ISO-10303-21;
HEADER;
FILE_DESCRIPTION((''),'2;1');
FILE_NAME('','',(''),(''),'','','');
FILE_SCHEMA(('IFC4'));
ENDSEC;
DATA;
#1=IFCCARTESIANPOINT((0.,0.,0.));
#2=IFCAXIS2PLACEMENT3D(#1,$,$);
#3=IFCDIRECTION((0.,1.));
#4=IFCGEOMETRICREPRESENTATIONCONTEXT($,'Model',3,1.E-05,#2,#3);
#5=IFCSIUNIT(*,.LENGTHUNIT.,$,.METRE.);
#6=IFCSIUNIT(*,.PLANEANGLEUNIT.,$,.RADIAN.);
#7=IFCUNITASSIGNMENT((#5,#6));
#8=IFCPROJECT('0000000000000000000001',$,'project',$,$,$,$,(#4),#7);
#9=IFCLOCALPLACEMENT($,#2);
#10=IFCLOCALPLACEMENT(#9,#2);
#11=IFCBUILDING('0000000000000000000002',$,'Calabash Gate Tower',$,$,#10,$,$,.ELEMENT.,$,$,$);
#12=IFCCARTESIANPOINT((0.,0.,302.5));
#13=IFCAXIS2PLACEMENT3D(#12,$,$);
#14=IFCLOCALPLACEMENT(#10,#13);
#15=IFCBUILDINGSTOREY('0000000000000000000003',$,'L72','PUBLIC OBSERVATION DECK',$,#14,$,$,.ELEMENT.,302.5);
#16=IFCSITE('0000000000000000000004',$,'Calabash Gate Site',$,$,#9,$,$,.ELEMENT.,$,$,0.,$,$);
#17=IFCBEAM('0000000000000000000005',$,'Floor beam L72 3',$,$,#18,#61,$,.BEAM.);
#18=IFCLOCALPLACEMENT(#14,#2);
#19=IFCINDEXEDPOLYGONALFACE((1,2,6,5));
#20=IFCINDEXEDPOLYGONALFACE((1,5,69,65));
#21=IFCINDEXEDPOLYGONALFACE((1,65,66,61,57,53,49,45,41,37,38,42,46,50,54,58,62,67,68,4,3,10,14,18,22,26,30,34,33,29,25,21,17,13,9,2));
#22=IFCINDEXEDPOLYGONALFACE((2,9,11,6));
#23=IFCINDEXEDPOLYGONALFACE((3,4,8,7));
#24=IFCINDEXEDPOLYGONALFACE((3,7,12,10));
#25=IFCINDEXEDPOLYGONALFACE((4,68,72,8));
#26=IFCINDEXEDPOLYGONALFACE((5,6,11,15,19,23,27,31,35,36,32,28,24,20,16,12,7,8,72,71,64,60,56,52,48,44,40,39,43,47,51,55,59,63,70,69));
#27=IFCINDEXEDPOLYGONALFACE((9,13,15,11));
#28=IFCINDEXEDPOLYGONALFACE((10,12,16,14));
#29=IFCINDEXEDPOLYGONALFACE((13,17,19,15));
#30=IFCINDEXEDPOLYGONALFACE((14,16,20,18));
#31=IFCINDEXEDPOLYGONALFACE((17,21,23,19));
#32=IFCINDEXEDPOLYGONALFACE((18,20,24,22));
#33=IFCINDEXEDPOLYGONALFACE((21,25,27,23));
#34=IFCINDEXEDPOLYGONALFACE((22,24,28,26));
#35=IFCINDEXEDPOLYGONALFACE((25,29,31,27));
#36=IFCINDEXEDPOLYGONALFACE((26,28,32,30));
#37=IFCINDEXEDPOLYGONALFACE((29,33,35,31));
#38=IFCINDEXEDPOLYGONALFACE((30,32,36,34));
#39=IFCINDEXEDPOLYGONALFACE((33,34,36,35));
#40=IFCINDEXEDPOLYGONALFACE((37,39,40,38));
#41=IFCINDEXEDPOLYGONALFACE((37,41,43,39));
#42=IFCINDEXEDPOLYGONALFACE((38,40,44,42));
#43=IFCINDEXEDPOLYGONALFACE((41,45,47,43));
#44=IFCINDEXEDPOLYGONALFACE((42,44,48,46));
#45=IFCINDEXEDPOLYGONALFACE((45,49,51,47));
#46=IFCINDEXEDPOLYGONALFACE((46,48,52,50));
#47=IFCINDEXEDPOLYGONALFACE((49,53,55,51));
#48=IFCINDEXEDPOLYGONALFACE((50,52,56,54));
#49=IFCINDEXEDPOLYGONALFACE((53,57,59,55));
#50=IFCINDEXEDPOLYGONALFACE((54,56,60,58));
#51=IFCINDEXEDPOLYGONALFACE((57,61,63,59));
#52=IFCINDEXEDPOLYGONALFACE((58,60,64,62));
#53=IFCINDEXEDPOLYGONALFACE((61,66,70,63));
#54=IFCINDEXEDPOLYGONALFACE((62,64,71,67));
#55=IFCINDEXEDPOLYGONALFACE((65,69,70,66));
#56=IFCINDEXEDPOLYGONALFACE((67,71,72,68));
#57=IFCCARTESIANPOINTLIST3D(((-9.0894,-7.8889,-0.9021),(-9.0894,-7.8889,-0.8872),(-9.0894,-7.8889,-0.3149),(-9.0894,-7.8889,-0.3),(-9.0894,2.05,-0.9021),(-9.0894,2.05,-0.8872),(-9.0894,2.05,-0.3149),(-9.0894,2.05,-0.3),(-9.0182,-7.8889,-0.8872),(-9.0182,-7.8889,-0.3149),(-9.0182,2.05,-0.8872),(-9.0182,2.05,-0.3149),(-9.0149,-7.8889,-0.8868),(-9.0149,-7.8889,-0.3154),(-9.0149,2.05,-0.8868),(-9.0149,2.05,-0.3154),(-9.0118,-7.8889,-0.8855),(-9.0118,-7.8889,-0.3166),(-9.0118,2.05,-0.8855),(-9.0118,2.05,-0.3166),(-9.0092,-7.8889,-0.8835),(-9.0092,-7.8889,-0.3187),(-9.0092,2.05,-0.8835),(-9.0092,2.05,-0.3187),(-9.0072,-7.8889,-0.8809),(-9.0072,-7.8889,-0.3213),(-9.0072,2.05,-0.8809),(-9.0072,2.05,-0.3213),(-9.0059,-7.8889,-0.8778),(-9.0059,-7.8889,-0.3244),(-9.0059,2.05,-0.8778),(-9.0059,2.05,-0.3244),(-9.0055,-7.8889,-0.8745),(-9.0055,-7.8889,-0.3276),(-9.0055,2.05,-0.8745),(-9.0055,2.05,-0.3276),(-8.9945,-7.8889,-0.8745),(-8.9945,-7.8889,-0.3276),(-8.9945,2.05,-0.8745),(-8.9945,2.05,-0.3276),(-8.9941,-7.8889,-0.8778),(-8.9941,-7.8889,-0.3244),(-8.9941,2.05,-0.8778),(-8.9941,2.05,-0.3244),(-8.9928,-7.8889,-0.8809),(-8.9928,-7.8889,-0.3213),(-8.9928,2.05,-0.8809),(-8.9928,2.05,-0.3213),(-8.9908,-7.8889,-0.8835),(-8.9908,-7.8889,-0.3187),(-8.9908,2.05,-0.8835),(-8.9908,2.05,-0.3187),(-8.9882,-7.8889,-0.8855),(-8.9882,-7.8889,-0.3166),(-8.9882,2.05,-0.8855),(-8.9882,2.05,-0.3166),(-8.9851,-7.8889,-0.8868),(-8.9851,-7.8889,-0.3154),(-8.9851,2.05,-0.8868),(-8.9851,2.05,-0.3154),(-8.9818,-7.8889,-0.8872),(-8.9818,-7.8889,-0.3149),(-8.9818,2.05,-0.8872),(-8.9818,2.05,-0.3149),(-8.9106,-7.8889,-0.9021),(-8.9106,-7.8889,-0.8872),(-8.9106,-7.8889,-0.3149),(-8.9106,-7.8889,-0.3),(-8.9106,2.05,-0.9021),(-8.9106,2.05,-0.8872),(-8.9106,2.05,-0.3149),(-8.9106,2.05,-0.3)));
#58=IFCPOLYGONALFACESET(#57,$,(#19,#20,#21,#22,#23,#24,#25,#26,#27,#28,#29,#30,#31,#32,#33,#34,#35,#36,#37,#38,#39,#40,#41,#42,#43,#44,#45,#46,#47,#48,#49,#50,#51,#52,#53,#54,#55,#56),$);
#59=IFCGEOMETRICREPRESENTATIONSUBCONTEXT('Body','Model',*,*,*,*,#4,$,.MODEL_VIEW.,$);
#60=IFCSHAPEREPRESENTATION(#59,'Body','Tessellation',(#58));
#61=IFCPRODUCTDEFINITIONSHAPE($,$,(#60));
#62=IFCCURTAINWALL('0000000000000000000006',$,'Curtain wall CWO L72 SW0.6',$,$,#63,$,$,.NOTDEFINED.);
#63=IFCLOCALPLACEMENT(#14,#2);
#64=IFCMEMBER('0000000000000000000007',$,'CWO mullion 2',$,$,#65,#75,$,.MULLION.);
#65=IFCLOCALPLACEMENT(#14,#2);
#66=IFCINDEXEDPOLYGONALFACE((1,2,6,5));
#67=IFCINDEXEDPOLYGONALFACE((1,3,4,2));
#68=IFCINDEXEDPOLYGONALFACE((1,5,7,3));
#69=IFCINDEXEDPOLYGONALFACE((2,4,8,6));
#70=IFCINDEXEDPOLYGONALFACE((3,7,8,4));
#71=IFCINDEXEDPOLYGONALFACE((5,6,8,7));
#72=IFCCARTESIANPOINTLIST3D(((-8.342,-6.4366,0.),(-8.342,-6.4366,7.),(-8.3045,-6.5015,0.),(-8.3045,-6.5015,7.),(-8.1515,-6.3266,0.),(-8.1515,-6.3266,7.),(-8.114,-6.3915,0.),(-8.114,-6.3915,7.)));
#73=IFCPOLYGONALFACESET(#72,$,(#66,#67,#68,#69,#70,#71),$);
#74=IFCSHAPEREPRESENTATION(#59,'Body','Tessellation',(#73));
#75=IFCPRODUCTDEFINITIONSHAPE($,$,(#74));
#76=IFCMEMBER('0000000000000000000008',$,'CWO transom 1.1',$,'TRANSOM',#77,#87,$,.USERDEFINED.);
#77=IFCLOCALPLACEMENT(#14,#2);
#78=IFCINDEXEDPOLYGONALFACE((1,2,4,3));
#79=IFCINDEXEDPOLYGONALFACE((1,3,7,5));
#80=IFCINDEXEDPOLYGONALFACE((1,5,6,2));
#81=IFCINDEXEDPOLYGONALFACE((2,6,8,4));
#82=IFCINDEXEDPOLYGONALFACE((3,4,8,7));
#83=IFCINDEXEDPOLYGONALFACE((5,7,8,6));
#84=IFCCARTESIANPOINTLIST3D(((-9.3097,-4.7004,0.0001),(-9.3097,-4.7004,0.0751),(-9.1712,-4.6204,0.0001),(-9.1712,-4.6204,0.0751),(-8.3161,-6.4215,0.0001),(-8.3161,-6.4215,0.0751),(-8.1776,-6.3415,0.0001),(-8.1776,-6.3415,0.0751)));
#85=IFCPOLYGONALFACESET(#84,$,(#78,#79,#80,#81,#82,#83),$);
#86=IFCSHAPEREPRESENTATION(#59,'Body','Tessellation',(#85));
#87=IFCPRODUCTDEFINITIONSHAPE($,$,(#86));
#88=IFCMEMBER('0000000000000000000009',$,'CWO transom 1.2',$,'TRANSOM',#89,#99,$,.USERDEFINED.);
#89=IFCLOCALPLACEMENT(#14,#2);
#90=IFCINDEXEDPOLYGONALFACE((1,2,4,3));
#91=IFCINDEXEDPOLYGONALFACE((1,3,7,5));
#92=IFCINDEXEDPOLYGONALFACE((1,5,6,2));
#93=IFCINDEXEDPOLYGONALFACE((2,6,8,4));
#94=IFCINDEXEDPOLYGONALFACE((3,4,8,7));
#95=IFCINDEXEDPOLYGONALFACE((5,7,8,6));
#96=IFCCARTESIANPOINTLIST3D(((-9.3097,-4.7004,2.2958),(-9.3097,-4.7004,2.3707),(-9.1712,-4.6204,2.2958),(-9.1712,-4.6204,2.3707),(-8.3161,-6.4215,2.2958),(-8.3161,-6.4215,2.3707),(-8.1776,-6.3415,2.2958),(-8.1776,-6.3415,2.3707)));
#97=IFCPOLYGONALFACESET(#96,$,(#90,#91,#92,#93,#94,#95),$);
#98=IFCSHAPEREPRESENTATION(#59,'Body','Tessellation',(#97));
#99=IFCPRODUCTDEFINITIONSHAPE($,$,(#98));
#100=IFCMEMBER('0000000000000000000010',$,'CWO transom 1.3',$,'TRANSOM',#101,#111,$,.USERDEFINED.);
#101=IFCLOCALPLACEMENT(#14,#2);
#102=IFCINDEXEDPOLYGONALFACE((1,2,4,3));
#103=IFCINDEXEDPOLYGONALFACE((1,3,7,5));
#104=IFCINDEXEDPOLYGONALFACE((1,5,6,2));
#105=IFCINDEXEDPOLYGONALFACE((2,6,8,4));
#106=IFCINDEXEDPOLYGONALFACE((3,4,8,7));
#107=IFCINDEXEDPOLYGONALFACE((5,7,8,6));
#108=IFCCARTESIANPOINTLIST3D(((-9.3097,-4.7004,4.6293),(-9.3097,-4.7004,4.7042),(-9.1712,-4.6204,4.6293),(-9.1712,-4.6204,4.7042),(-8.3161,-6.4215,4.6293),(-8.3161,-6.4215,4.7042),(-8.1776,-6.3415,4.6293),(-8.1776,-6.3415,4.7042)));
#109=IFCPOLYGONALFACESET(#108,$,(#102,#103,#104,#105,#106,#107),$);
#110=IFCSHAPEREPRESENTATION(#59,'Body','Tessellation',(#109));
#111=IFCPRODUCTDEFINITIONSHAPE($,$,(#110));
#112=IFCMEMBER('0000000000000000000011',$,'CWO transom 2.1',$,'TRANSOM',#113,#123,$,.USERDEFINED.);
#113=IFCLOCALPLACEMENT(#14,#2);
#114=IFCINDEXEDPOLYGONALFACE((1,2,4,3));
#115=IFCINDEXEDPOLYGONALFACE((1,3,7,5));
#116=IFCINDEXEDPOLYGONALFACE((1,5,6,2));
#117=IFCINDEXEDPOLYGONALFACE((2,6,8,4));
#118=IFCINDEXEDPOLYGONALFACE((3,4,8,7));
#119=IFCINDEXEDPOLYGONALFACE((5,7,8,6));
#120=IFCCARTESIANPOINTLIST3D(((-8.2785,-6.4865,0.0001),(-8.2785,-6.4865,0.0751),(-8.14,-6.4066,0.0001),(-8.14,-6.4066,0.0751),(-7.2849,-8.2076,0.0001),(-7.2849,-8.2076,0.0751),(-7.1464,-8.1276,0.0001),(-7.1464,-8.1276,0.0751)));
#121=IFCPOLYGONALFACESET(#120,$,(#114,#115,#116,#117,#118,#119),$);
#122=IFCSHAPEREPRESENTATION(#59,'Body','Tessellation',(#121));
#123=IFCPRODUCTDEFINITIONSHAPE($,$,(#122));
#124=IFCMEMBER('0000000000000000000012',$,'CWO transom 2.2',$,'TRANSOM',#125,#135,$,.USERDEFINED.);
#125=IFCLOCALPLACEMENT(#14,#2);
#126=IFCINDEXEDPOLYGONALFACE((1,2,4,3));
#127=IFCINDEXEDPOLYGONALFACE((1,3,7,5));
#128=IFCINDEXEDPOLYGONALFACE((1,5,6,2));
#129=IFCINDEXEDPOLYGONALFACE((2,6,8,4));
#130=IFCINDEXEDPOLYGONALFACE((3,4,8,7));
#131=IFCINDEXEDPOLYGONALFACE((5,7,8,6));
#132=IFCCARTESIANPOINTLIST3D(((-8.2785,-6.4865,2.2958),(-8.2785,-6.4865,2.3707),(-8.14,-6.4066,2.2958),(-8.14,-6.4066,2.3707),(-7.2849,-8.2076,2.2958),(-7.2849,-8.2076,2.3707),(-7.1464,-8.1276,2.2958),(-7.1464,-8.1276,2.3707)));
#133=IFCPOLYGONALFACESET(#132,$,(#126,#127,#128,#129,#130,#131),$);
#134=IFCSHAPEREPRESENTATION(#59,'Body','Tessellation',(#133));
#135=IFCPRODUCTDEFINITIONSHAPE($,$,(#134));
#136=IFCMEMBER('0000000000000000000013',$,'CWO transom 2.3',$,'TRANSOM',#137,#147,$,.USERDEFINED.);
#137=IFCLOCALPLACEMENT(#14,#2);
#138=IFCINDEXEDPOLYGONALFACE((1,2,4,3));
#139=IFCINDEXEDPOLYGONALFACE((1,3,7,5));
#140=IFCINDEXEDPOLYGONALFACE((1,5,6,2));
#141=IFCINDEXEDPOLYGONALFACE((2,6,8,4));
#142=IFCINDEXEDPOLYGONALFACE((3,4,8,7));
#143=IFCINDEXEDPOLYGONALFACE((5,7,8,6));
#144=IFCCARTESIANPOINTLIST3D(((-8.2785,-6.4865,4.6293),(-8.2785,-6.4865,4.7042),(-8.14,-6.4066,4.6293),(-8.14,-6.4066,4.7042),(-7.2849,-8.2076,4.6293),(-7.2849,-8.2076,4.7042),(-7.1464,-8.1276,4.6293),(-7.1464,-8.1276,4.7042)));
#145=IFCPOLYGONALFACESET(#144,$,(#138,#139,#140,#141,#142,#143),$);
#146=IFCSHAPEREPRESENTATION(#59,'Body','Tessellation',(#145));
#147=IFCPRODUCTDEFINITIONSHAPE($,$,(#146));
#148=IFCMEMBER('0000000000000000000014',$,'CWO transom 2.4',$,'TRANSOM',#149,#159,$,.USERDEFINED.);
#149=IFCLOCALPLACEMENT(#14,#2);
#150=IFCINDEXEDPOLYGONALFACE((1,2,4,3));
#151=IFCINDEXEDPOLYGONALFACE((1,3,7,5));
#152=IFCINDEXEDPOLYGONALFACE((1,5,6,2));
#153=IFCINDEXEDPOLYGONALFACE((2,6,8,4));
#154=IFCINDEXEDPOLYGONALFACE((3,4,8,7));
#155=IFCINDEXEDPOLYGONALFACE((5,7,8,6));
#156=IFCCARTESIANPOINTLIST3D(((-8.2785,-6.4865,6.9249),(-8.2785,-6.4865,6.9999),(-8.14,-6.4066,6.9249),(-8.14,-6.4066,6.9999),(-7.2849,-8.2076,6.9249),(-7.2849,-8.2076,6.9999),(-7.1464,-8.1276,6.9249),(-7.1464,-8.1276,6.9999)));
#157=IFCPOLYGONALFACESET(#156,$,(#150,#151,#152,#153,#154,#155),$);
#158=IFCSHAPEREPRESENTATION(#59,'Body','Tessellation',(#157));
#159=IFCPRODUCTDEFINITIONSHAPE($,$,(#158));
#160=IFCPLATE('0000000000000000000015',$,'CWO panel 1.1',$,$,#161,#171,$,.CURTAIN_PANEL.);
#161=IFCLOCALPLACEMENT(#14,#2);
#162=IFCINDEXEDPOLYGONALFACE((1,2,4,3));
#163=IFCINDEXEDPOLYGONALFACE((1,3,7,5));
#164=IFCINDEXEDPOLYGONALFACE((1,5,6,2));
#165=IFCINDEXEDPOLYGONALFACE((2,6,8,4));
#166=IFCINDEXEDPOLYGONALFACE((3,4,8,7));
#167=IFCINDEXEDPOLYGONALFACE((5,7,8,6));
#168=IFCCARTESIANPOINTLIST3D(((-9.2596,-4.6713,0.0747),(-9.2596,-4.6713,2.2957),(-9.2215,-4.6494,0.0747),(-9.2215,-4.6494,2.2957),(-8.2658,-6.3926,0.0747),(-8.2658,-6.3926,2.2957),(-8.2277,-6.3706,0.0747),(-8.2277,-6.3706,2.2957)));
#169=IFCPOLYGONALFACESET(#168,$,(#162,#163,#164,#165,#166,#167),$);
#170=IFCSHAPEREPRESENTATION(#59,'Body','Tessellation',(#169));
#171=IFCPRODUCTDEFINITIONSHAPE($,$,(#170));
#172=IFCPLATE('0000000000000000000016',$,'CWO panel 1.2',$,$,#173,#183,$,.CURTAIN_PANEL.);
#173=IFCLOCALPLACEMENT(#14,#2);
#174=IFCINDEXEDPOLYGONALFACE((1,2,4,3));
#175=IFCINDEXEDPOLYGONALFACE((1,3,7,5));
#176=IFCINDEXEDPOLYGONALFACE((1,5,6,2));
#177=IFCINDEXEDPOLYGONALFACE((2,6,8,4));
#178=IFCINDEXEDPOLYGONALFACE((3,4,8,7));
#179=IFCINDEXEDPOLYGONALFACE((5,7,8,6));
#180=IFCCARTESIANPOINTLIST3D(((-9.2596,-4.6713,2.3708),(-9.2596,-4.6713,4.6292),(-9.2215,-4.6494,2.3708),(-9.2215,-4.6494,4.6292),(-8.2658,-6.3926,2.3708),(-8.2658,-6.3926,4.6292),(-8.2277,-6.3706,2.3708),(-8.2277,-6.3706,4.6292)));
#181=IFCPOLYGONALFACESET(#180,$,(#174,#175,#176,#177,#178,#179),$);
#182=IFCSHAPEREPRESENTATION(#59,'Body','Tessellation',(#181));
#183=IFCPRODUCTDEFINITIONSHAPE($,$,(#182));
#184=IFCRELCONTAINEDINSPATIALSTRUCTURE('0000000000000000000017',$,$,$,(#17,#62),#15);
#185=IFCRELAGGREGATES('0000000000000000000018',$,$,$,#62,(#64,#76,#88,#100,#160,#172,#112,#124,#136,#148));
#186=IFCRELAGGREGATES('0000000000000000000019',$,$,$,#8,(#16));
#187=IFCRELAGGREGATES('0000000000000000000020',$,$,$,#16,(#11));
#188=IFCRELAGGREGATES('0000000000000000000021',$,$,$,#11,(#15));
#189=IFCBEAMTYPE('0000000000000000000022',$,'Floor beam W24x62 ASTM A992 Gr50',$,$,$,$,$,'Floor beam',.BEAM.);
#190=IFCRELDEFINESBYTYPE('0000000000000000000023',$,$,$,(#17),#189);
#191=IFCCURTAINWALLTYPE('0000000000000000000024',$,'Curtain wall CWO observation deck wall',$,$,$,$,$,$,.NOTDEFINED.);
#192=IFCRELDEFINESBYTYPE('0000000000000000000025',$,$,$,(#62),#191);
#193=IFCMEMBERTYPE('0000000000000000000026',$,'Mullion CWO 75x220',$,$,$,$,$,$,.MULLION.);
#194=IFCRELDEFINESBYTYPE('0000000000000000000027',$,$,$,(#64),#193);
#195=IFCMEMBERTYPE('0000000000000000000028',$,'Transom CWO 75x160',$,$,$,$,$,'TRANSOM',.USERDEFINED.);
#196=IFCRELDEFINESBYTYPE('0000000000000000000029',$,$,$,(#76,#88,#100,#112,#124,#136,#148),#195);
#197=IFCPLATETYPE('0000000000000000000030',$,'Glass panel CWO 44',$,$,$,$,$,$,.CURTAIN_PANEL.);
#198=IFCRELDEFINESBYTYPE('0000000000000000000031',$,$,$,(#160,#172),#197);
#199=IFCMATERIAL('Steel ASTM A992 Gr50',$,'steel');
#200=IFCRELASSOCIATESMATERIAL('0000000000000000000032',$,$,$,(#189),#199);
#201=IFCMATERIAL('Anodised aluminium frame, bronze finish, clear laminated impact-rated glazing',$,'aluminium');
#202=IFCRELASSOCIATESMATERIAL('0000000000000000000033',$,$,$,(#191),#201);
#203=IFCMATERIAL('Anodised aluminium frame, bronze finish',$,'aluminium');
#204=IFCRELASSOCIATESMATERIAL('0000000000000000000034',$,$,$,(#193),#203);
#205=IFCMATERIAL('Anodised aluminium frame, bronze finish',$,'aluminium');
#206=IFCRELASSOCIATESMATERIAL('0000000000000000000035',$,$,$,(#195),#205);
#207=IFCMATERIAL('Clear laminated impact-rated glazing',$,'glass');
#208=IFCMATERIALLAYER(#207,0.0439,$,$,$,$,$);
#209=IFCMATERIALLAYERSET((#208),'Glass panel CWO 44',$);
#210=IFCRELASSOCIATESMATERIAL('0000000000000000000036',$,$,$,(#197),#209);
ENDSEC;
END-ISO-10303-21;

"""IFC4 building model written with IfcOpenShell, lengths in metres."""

from ifc_helpers import new_model, si_unit, direction, frame, origin, origin_2d, place, context, subcontext, project, spatial, rectangle, i_section, extrude, material, layer, layer_set, material_profile, profile_set, type_object, element, aggregate, save


model = new_model("IFC4")

# Units and contexts
model_context = context("Model", 3, precision=1e-05, world=origin(), true_north=direction((0.0, 1.0)))
body_context = subcontext(model_context, "Body", "Model", "MODEL_VIEW")
ifc_project = project(units=[si_unit("LENGTHUNIT", "METRE"), si_unit("PLANEANGLEUNIT", "RADIAN")], contexts=[model_context])

# Site, building, storey
site_placement = place(None, origin())
site = spatial("IfcSite", under=ifc_project, at=site_placement, Name="Calabash Gate Site", CompositionType="ELEMENT", RefElevation=0.0)
building_placement = place(site_placement, origin())
building = spatial("IfcBuilding", under=site, at=building_placement, Name="Calabash Gate Tower", CompositionType="ELEMENT")
storey_placement = place(building_placement, frame((0.0, 0.0, 302.5)))
storey = spatial("IfcBuildingStorey", under=building, at=storey_placement, Name="L72", Description="PUBLIC OBSERVATION DECK", CompositionType="ELEMENT", Elevation=302.5)

# Beam
ifc_material_1 = material(Name="Steel ASTM A992 Gr50", Category="steel")
ifc_material_profile_1 = material_profile(ifc_material_1, i_section(OverallWidth=0.1787, OverallDepth=0.6021, WebThickness=0.011, FlangeThickness=0.0149, FilletRadius=0.0127, at=origin_2d()))
ifc_profile_set_1 = profile_set([ifc_material_profile_1], Name="Steel ASTM A992 Gr50")
beam_type = type_object("IfcBeamType", Name="Floor beam W24x62 ASTM A992 Gr50", ElementType="Floor beam", PredefinedType="BEAM", material=ifc_profile_set_1)
beam_placement = place(storey_placement, frame((-9.0, -7.8889, -0.6011), z_axis=(0.0, 1.0, 0.0), x_axis=(-1.0, 0.0, 0.0)))
element("IfcBeam", 1, at=beam_placement, inside=storey, type_object=beam_type, Name="Floor beam L72 3", PredefinedType="BEAM", context=body_context, shape_type="SweptSolid", body=[
    extrude(i_section(OverallWidth=0.1787, OverallDepth=0.6021, WebThickness=0.011, FlangeThickness=0.0149, FilletRadius=0.0127, at=origin_2d()), origin(), (0.0, 0.0, 1.0), 9.939),
])

# Curtain wall, members, plates
ifc_material_2 = material(Name="Anodised aluminium frame, bronze finish, clear laminated impact-rated glazing", Category="aluminium")
curtain_wall_type = type_object("IfcCurtainWallType", Name="Curtain wall CWO observation deck wall", PredefinedType="NOTDEFINED", material=ifc_material_2)
curtain_wall_placement = place(storey_placement, origin())
curtain_wall = element("IfcCurtainWall", 2, at=curtain_wall_placement, inside=storey, type_object=curtain_wall_type, Name="Curtain wall CWO L72 SW0.6", PredefinedType="NOTDEFINED")
ifc_material_3 = material(Name="Anodised aluminium frame, bronze finish", Category="aluminium")
ifc_material_profile_2 = material_profile(ifc_material_3, rectangle(XDim=0.22, YDim=0.075, at=origin_2d()))
ifc_profile_set_2 = profile_set([ifc_material_profile_2], Name="Anodised aluminium frame, bronze finish")
member_type_1 = type_object("IfcMemberType", Name="Mullion CWO 75x220", PredefinedType="MULLION", material=ifc_profile_set_2)
member_1_placement = place(storey_placement, frame((-8.228, -6.4141, 0.0), z_axis=(0.0, 0.0, 1.0), x_axis=(0.866025, 0.5, 0.0)))
member_1 = element("IfcMember", 3, at=member_1_placement, type_object=member_type_1, Name="CWO mullion 2", PredefinedType="MULLION", context=body_context, shape_type="SweptSolid", body=[
    extrude(rectangle(XDim=0.22, YDim=0.075, at=origin_2d()), origin(), (0.0, 0.0, 1.0), 7.0),
])
ifc_material_4 = material(Name="Anodised aluminium frame, bronze finish", Category="aluminium")
ifc_material_profile_3 = material_profile(ifc_material_4, rectangle(XDim=0.1599, YDim=0.075, at=origin_2d()))
ifc_profile_set_3 = profile_set([ifc_material_profile_3], Name="Anodised aluminium frame, bronze finish")
member_type_2 = type_object("IfcMemberType", Name="Transom CWO 75x160", ElementType="TRANSOM", PredefinedType="USERDEFINED", material=ifc_profile_set_3)
member_2_placement = place(storey_placement, frame((-9.2405, -4.6604, 0.0376), z_axis=(0.499971, -0.866042, 0.0), x_axis=(0.866042, 0.499971, 0.0)))
member_2 = element("IfcMember", 4, at=member_2_placement, type_object=member_type_2, Name="CWO transom 1.1", ObjectType="TRANSOM", PredefinedType="USERDEFINED", context=body_context, shape_type="SweptSolid", body=[
    extrude(rectangle(XDim=0.1599, YDim=0.075, at=origin_2d()), origin(), (0.0, 0.0, 1.0), 1.9873),
])
member_3_placement = place(storey_placement, frame((-9.2405, -4.6604, 2.3333), z_axis=(0.499971, -0.866042, 0.0), x_axis=(0.866042, 0.499971, 0.0)))
member_3 = element("IfcMember", 5, at=member_3_placement, type_object=member_type_2, Name="CWO transom 1.2", ObjectType="TRANSOM", PredefinedType="USERDEFINED", context=body_context, shape_type="SweptSolid", body=[
    extrude(rectangle(XDim=0.1599, YDim=0.075, at=origin_2d()), origin(), (0.0, 0.0, 1.0), 1.9873),
])
member_4_placement = place(storey_placement, frame((-9.2405, -4.6604, 4.6667), z_axis=(0.499971, -0.866042, 0.0), x_axis=(0.866042, 0.499971, 0.0)))
member_4 = element("IfcMember", 6, at=member_4_placement, type_object=member_type_2, Name="CWO transom 1.3", ObjectType="TRANSOM", PredefinedType="USERDEFINED", context=body_context, shape_type="SweptSolid", body=[
    extrude(rectangle(XDim=0.1599, YDim=0.075, at=origin_2d()), origin(), (0.0, 0.0, 1.0), 1.9873),
])
member_5_placement = place(storey_placement, frame((-8.2092, -6.4465, 0.0376), z_axis=(0.499971, -0.866042, 0.0), x_axis=(0.866042, 0.499971, 0.0)))
member_5 = element("IfcMember", 7, at=member_5_placement, type_object=member_type_2, Name="CWO transom 2.1", ObjectType="TRANSOM", PredefinedType="USERDEFINED", context=body_context, shape_type="SweptSolid", body=[
    extrude(rectangle(XDim=0.1599, YDim=0.075, at=origin_2d()), origin(), (0.0, 0.0, 1.0), 1.9873),
])
member_6_placement = place(storey_placement, frame((-8.2092, -6.4465, 2.3333), z_axis=(0.499971, -0.866042, 0.0), x_axis=(0.866042, 0.499971, 0.0)))
member_6 = element("IfcMember", 8, at=member_6_placement, type_object=member_type_2, Name="CWO transom 2.2", ObjectType="TRANSOM", PredefinedType="USERDEFINED", context=body_context, shape_type="SweptSolid", body=[
    extrude(rectangle(XDim=0.1599, YDim=0.075, at=origin_2d()), origin(), (0.0, 0.0, 1.0), 1.9873),
])
member_7_placement = place(storey_placement, frame((-8.2092, -6.4465, 4.6667), z_axis=(0.499971, -0.866042, 0.0), x_axis=(0.866042, 0.499971, 0.0)))
member_7 = element("IfcMember", 9, at=member_7_placement, type_object=member_type_2, Name="CWO transom 2.3", ObjectType="TRANSOM", PredefinedType="USERDEFINED", context=body_context, shape_type="SweptSolid", body=[
    extrude(rectangle(XDim=0.1599, YDim=0.075, at=origin_2d()), origin(), (0.0, 0.0, 1.0), 1.9873),
])
member_8_placement = place(storey_placement, frame((-8.2092, -6.4465, 6.9624), z_axis=(0.499971, -0.866042, 0.0), x_axis=(0.866042, 0.499971, 0.0)))
member_8 = element("IfcMember", 10, at=member_8_placement, type_object=member_type_2, Name="CWO transom 2.4", ObjectType="TRANSOM", PredefinedType="USERDEFINED", context=body_context, shape_type="SweptSolid", body=[
    extrude(rectangle(XDim=0.1599, YDim=0.075, at=origin_2d()), origin(), (0.0, 0.0, 1.0), 1.9873),
])
ifc_material_5 = material(Name="Clear laminated impact-rated glazing", Category="glass")
ifc_layer_1 = layer(ifc_material_5, 0.0439)
ifc_layer_set_1 = layer_set([ifc_layer_1], Name="Glass panel CWO 44")
plate_type = type_object("IfcPlateType", Name="Glass panel CWO 44", PredefinedType="CURTAIN_PANEL", material=ifc_layer_set_1)
plate_1_placement = place(storey_placement, frame((-8.7437, -5.521, 0.0747), z_axis=(0.0, 0.0, 1.0), x_axis=(0.5, -0.866025, 0.0)))
plate_1 = element("IfcPlate", 11, at=plate_1_placement, type_object=plate_type, Name="CWO panel 1.1", PredefinedType="CURTAIN_PANEL", context=body_context, shape_type="SweptSolid", body=[
    extrude(rectangle(XDim=1.9875, YDim=0.0439, at=origin_2d()), origin(), (0.0, 0.0, 1.0), 2.2209),
])
plate_2_placement = place(storey_placement, frame((-8.7437, -5.521, 2.3708), z_axis=(0.0, 0.0, 1.0), x_axis=(0.5, -0.866025, 0.0)))
plate_2 = element("IfcPlate", 12, at=plate_2_placement, type_object=plate_type, Name="CWO panel 1.2", PredefinedType="CURTAIN_PANEL", context=body_context, shape_type="SweptSolid", body=[
    extrude(rectangle(XDim=1.9875, YDim=0.0439, at=origin_2d()), origin(), (0.0, 0.0, 1.0), 2.2583),
])
aggregate(curtain_wall, [member_1, member_2, member_3, member_4, plate_1, plate_2, member_5, member_6, member_7, member_8])

save(model, "model.ifc")
